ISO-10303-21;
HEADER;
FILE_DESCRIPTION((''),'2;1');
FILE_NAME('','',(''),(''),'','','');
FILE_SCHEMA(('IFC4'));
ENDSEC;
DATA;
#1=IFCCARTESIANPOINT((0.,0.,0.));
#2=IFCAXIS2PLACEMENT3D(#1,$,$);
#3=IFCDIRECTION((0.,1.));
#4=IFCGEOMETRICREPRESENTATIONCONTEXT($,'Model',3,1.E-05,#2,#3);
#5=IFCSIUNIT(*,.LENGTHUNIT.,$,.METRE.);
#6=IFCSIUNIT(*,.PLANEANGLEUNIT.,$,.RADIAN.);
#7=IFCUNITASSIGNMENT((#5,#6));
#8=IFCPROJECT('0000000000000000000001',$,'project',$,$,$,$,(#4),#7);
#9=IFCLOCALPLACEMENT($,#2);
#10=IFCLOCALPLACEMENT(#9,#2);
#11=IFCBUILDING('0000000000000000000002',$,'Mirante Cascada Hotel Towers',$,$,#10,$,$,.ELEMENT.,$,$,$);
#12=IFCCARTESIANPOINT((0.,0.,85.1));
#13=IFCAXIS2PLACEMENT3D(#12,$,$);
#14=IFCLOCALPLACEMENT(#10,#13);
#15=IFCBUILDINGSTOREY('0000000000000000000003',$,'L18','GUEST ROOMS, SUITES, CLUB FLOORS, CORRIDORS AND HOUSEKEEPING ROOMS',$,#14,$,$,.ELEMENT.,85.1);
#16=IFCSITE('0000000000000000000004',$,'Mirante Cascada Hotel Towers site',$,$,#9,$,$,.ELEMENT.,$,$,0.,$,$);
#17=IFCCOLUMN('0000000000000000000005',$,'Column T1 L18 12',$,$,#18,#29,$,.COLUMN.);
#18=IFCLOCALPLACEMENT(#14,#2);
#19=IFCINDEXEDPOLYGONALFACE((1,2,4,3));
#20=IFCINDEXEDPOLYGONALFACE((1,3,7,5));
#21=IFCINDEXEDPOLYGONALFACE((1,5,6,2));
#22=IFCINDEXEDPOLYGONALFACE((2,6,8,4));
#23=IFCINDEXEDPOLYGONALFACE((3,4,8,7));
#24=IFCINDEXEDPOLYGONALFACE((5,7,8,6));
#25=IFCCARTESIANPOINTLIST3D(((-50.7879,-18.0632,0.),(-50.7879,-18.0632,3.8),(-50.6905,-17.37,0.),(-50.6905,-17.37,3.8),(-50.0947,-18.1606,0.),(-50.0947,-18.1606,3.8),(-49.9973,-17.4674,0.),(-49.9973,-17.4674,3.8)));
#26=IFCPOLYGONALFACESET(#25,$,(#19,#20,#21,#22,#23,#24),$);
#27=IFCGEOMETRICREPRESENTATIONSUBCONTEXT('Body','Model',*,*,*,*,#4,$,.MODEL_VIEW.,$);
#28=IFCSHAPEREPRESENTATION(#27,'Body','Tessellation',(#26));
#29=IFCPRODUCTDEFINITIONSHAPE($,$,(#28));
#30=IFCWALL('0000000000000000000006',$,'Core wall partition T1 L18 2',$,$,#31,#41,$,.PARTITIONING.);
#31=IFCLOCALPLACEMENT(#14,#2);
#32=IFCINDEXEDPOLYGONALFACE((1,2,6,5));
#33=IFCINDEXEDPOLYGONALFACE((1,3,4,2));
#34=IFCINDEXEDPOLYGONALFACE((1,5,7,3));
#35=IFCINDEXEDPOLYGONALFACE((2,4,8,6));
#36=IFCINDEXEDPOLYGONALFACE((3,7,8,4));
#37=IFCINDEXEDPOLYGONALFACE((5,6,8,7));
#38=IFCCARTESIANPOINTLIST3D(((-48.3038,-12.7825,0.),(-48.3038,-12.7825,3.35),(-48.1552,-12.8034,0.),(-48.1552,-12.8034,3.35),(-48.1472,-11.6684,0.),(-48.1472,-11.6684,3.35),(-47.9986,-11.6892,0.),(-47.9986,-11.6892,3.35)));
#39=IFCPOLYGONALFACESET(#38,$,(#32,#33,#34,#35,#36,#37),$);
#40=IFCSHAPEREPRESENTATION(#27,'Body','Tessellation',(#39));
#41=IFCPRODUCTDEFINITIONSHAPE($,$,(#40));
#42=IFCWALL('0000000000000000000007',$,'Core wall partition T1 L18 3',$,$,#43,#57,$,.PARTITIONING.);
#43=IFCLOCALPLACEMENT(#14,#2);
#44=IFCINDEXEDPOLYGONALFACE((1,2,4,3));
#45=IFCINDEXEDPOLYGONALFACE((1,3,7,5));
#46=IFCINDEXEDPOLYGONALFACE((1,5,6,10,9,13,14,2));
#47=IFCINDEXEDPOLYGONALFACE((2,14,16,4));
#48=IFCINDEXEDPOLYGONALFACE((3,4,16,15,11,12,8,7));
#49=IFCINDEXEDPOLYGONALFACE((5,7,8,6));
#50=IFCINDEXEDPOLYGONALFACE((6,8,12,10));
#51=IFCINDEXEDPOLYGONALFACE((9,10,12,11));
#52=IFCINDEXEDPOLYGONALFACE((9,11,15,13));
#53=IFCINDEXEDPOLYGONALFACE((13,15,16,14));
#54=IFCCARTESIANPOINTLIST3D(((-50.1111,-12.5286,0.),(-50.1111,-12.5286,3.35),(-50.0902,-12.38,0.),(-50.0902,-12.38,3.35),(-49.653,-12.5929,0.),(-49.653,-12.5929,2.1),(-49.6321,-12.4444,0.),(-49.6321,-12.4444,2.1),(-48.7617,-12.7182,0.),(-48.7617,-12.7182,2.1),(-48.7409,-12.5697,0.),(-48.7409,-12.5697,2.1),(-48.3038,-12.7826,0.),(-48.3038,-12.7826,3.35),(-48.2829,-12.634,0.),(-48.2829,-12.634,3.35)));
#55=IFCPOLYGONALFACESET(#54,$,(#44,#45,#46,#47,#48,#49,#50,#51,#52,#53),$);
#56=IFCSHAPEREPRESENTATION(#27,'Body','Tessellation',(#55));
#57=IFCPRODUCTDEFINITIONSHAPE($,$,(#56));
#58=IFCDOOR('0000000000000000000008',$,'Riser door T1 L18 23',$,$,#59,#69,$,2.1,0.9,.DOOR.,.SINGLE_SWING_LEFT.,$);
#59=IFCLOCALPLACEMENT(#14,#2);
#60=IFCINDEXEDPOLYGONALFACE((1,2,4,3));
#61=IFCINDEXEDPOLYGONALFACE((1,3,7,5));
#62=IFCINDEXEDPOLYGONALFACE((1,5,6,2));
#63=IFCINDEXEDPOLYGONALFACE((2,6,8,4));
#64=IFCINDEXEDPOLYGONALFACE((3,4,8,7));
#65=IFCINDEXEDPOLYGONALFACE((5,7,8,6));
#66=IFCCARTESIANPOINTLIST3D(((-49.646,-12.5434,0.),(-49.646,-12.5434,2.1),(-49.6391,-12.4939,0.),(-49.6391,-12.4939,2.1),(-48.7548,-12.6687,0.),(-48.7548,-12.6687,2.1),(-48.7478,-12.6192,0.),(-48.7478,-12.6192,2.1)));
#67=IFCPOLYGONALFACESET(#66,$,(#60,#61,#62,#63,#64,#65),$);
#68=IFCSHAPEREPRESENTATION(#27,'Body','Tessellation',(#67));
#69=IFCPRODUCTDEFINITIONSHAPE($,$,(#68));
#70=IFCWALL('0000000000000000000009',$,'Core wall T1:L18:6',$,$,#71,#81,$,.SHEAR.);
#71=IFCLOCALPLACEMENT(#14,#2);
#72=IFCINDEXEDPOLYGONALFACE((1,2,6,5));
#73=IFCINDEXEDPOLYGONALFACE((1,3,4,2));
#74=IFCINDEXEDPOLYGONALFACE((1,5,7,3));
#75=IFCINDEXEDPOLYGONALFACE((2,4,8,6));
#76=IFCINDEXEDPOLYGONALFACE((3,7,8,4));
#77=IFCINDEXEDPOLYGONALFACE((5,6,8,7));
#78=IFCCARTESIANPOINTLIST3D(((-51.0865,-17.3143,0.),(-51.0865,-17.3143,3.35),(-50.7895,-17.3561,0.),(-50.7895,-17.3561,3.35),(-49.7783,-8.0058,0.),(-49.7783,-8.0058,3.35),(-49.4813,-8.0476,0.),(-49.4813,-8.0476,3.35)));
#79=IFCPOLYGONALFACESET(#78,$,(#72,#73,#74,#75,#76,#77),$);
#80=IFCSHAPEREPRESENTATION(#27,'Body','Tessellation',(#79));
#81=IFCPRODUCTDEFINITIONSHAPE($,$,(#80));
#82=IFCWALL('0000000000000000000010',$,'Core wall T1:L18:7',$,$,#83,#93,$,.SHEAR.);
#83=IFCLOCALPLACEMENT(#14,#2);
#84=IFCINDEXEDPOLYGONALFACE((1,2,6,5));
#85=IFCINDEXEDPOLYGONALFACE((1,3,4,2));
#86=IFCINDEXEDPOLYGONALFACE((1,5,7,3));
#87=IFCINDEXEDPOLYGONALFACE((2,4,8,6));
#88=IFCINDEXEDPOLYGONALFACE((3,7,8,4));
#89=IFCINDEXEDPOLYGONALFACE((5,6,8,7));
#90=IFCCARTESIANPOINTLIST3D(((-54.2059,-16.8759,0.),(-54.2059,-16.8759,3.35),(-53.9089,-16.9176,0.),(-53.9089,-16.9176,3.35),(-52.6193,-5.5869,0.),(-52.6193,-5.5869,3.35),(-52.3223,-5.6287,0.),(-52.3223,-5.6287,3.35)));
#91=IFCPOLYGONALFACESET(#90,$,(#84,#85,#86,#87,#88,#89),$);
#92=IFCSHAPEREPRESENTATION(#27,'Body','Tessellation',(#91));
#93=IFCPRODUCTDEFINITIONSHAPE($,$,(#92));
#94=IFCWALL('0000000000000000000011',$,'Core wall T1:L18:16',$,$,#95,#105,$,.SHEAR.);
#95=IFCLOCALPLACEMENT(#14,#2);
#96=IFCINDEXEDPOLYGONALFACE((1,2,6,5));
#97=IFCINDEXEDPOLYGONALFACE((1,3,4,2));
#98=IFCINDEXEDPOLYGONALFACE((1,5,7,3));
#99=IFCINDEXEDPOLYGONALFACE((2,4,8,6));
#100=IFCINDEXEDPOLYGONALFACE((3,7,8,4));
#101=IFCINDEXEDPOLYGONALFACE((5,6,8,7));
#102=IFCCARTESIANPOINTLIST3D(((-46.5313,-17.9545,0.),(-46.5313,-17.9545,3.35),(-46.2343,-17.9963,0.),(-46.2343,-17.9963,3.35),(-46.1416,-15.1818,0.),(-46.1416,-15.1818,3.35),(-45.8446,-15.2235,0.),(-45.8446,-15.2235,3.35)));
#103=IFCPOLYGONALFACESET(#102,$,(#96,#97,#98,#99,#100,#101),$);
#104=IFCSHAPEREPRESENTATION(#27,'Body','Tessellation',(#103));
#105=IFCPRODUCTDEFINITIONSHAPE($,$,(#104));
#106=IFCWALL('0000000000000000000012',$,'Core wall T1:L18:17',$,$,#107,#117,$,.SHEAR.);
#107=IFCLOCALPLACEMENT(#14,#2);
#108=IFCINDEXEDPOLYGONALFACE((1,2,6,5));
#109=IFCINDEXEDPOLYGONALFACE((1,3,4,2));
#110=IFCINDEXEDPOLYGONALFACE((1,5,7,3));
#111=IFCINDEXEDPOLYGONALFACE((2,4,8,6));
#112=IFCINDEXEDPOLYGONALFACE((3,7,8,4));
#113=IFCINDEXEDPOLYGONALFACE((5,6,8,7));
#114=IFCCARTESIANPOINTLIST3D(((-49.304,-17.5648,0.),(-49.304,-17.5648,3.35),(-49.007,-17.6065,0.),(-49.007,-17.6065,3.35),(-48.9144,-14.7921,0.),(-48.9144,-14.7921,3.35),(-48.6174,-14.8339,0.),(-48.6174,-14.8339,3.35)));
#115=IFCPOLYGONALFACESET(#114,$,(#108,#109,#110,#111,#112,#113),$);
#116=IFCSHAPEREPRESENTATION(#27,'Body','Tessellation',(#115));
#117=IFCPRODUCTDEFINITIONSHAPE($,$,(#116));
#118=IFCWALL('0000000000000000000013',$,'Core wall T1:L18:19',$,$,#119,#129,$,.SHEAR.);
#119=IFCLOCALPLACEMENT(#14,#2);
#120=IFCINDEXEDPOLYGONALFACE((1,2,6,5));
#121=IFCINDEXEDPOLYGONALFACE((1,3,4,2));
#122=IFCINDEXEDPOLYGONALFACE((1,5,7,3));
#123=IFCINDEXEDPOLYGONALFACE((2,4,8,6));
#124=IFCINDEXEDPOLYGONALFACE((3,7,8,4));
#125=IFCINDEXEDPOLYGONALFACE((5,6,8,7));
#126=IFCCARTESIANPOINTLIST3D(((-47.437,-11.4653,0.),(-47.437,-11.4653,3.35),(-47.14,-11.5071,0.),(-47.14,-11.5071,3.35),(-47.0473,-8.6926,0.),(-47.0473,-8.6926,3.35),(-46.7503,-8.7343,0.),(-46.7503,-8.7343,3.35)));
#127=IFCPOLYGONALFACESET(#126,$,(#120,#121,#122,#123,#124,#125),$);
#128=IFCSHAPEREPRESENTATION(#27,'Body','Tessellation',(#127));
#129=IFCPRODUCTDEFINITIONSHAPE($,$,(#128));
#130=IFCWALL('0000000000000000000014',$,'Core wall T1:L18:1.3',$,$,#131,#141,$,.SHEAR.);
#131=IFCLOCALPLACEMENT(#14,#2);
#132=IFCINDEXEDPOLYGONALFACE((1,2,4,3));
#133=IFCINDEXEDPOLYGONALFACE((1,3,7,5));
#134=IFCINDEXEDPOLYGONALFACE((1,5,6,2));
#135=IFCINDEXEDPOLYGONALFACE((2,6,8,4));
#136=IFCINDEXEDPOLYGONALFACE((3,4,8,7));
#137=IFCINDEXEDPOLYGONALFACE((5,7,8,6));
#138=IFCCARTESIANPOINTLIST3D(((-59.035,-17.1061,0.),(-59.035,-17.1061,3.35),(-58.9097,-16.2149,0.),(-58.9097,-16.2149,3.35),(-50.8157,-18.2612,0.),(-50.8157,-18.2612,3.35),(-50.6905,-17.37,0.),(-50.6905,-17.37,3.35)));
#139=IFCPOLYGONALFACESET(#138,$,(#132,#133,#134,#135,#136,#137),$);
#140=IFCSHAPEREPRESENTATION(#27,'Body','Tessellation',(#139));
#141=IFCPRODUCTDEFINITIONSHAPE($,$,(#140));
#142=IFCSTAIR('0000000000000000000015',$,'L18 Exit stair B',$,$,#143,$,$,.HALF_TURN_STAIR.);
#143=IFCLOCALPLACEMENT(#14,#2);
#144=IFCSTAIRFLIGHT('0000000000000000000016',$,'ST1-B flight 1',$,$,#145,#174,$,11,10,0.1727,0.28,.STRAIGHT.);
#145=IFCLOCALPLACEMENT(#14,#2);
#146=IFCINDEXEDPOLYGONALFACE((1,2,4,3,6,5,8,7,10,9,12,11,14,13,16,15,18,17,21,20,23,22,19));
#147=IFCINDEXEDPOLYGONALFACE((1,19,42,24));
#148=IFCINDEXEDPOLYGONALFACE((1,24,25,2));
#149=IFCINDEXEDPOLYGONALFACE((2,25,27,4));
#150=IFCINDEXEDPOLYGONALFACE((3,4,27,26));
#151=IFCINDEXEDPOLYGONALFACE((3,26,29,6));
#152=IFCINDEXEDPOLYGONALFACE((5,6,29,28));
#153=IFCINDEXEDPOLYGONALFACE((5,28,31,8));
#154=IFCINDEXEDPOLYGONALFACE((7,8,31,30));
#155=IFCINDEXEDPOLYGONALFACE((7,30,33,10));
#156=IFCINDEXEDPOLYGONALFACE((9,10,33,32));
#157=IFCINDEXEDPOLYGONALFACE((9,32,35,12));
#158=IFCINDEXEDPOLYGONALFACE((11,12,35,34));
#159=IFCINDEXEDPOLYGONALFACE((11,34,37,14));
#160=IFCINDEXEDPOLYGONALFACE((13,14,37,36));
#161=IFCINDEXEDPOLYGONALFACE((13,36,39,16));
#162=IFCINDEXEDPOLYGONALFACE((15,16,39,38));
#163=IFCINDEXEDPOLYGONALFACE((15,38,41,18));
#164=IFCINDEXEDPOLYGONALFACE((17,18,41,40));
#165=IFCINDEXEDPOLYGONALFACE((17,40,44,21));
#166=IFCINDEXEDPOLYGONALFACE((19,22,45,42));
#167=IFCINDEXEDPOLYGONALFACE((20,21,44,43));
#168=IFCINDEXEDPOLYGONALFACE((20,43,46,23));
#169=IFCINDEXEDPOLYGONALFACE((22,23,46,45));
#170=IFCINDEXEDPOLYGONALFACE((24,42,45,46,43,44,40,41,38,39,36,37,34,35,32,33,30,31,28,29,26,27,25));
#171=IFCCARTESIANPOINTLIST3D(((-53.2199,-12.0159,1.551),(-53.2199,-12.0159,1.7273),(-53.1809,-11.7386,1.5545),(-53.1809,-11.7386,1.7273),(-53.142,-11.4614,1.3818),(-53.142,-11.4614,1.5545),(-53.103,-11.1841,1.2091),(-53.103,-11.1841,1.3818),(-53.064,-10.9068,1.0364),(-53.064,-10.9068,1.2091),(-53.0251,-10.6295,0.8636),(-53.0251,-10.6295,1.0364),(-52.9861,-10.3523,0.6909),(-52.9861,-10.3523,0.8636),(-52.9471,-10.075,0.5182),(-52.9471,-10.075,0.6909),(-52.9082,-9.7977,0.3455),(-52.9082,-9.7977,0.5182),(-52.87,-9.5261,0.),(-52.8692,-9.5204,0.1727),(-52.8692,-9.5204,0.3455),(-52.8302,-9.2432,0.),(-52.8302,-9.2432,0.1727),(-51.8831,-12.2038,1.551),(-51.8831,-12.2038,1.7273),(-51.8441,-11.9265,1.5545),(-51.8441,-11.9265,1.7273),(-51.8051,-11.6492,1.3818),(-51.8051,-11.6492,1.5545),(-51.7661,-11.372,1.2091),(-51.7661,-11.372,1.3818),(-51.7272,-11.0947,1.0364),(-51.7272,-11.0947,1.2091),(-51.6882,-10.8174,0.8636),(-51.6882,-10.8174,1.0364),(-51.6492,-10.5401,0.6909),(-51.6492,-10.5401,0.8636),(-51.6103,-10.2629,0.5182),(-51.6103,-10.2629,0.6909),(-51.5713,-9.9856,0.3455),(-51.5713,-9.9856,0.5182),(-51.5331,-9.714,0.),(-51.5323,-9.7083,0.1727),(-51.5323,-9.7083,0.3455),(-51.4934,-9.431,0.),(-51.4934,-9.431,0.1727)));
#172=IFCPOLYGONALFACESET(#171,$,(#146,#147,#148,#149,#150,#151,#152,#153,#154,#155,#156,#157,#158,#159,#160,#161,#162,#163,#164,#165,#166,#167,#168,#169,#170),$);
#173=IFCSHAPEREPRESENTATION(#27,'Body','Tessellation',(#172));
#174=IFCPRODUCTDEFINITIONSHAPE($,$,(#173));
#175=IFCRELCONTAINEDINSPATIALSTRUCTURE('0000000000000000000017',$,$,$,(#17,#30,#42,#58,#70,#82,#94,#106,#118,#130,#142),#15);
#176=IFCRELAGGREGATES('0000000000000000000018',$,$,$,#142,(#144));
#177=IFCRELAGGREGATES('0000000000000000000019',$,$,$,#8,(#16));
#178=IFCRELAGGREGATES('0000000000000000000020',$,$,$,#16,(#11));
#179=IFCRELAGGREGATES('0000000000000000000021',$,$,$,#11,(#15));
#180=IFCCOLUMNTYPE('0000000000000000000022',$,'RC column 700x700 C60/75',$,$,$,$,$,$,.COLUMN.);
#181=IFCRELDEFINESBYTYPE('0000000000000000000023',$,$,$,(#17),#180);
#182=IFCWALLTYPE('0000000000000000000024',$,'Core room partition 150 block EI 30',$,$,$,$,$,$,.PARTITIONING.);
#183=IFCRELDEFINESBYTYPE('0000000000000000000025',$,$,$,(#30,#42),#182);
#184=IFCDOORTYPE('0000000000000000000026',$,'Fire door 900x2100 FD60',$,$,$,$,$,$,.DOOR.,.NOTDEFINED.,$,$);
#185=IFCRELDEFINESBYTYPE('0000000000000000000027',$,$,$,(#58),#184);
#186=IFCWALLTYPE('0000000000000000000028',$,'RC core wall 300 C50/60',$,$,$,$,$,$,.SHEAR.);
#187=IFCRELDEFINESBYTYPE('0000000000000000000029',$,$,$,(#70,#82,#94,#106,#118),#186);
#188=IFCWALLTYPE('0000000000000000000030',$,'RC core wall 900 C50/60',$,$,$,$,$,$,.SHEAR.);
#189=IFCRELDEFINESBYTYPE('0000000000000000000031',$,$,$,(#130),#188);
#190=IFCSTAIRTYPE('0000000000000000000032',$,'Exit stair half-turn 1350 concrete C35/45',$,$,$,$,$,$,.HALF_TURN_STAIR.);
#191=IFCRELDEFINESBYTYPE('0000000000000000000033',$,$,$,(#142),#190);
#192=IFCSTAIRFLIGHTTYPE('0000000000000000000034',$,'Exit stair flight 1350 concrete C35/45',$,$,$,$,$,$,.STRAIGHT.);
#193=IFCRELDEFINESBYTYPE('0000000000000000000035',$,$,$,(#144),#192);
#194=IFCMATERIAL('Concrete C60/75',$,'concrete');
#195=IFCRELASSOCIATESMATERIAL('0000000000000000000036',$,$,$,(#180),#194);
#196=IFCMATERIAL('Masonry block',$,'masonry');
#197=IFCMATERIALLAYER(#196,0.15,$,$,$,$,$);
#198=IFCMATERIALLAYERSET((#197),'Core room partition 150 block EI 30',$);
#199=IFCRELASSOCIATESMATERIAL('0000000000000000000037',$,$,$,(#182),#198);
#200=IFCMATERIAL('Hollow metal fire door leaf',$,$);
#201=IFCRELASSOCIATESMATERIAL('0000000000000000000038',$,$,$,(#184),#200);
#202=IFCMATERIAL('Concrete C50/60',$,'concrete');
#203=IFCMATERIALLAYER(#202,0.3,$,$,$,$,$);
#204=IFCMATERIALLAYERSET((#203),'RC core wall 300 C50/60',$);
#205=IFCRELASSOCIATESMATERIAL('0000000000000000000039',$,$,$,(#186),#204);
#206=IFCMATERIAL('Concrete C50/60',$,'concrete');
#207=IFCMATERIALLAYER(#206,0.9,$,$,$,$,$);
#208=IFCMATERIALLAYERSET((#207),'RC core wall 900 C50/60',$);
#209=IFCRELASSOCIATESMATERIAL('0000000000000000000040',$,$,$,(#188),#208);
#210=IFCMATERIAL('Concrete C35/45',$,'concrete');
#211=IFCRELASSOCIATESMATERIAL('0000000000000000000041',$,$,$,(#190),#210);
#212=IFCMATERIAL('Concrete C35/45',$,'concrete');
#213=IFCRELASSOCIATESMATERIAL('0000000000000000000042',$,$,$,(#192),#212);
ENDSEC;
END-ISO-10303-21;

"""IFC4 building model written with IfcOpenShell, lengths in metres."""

from ifc_helpers import new_model, si_unit, direction, frame, frame_2d, origin, origin_2d, place, context, subcontext, project, spatial, polyline, rectangle, outline, extrude, material, layer, layer_set, material_profile, profile_set, type_object, element, fill, aggregate, save


model = new_model("IFC4")

# Units and contexts
model_context = context("Model", 3, precision=1e-05, world=origin(), true_north=direction((0.0, 1.0)))
body_context = subcontext(model_context, "Body", "Model", "MODEL_VIEW")
ifc_project = project(units=[si_unit("LENGTHUNIT", "METRE"), si_unit("PLANEANGLEUNIT", "RADIAN")], contexts=[model_context])

# Site, building, storey
site_placement = place(None, origin())
site = spatial("IfcSite", under=ifc_project, at=site_placement, Name="Mirante Cascada Hotel Towers site", CompositionType="ELEMENT", RefElevation=0.0)
building_placement = place(site_placement, origin())
building = spatial("IfcBuilding", under=site, at=building_placement, Name="Mirante Cascada Hotel Towers", CompositionType="ELEMENT")
storey_placement = place(building_placement, frame((0.0, 0.0, 85.1)))
storey = spatial("IfcBuildingStorey", under=building, at=storey_placement, Name="L18", Description="GUEST ROOMS, SUITES, CLUB FLOORS, CORRIDORS AND HOUSEKEEPING ROOMS", CompositionType="ELEMENT", Elevation=85.1)

# Column
ifc_material_1 = material(Name="Concrete C60/75", Category="concrete")
ifc_material_profile = material_profile(ifc_material_1, rectangle(XDim=0.7, YDim=0.7, at=origin_2d()), Name="RC column 700x700 C60/75")
ifc_profile_set = profile_set([ifc_material_profile], Name="Concrete C60/75")
column_type = type_object("IfcColumnType", Name="RC column 700x700 C60/75", PredefinedType="COLUMN", material=ifc_profile_set)
column_placement = place(storey_placement, frame((-50.3926, -17.7653, 0.0), z_axis=(0.0, 0.0, 1.0), x_axis=(-0.990268, 0.139173, 0.0)))
element("IfcColumn", 1, at=column_placement, inside=storey, type_object=column_type, Name="Column T1 L18 12", PredefinedType="COLUMN", context=body_context, shape_type="SweptSolid", body=[
    extrude(rectangle(XDim=0.7, YDim=0.7, at=origin_2d()), origin(), (0.0, 0.0, 1.0), 3.8),
])

# Wall
ifc_material_2 = material(Name="Masonry block", Category="masonry")
ifc_layer_1 = layer(ifc_material_2, 0.15)
ifc_layer_set_1 = layer_set([ifc_layer_1], Name="Core room partition 150 block EI 30")
wall_type_1 = type_object("IfcWallType", Name="Core room partition 150 block EI 30", PredefinedType="PARTITIONING", material=ifc_layer_set_1)
wall_1_placement = place(storey_placement, frame((-48.2295, -12.793, 0.0), z_axis=(0.0, 0.0, 1.0), x_axis=(0.139193, 0.990265, 0.0)))
element("IfcWall", 2, at=wall_1_placement, inside=storey, type_object=wall_type_1, Name="Core wall partition T1 L18 2", PredefinedType="PARTITIONING", context=body_context, shape_type="SweptSolid", body=[
    extrude(rectangle(XDim=1.1251, YDim=0.15, at=frame_2d((0.5626, 0.0))), origin(), (0.0, 0.0, 1.0), 3.35),
])

# Wall, opening, door
wall_2_placement = place(storey_placement, frame((-48.2933, -12.7083, 0.0), z_axis=(0.0, 0.0, 1.0), x_axis=(-0.990268, 0.139173, 0.0)))
wall_2 = element("IfcWall", 3, at=wall_2_placement, inside=storey, type_object=wall_type_1, Name="Core wall partition T1 L18 3", PredefinedType="PARTITIONING", context=body_context, shape_type="SweptSolid", body=[
    extrude(rectangle(XDim=1.8251, YDim=0.15, at=frame_2d((0.9126, 0.0))), origin(), (0.0, 0.0, 1.0), 3.35),
])
opening_1_placement = place(wall_2_placement, frame((0.4625, 0.0, 0.0)))
opening_1 = element("IfcOpeningElement", 4, at=opening_1_placement, cuts=wall_2, PredefinedType="OPENING", context=body_context, shape_type="SweptSolid", body=[
    extrude(rectangle(XDim=0.9, YDim=2.1, at=frame_2d((0.45, 1.05))), frame((0.0, 0.075, 0.0), z_axis=(0.0, -1.0, 0.0), x_axis=(1.0, 0.0, 0.0)), (0.0, 0.0, 1.0), 0.15),
])
ifc_material_3 = material(Name="Hollow metal fire door leaf")
door_type_1 = type_object("IfcDoorType", Name="Fire door 900x2100 FD60", OperationType="NOTDEFINED", PredefinedType="DOOR", material=ifc_material_3)
door_1_placement = place(opening_1_placement, origin())
door_1 = element("IfcDoor", 5, at=door_1_placement, inside=storey, type_object=door_type_1, Name="Riser door T1 L18 23", OperationType="SINGLE_SWING_LEFT", OverallHeight=2.1, OverallWidth=0.9, PredefinedType="DOOR", context=body_context, shape_type="SweptSolid", body=[
    extrude(rectangle(XDim=0.9, YDim=2.1, at=frame_2d((0.45, 1.05))), frame((0.0, 0.025, 0.0), z_axis=(0.0, -1.0, 0.0), x_axis=(1.0, 0.0, 0.0)), (0.0, 0.0, 1.0), 0.05),
])
fill(opening_1, door_1)

# Walls
ifc_material_4 = material(Name="Concrete C50/60", Category="concrete")
ifc_layer_2 = layer(ifc_material_4, 0.3)
ifc_layer_set_2 = layer_set([ifc_layer_2], Name="RC core wall 300 C50/60")
wall_type_2 = type_object("IfcWallType", Name="RC core wall 300 C50/60", PredefinedType="SHEAR", material=ifc_layer_set_2)
wall_3_placement = place(storey_placement, frame((-50.938, -17.3352, 0.0), z_axis=(0.0, 0.0, 1.0), x_axis=(0.139171, 0.990268, 0.0)))
element("IfcWall", 6, at=wall_3_placement, inside=storey, type_object=wall_type_2, Name="Core wall T1:L18:6", PredefinedType="SHEAR", context=body_context, shape_type="SweptSolid", body=[
    extrude(rectangle(XDim=9.4, YDim=0.3, at=frame_2d((4.7, 0.0))), origin(), (0.0, 0.0, 1.0), 3.35),
])
wall_4_placement = place(storey_placement, frame((-54.0574, -16.8968, 0.0), z_axis=(0.0, 0.0, 1.0), x_axis=(0.139176, 0.990268, 0.0)))
element("IfcWall", 7, at=wall_4_placement, inside=storey, type_object=wall_type_2, Name="Core wall T1:L18:7", PredefinedType="SHEAR", context=body_context, shape_type="SweptSolid", body=[
    extrude(rectangle(XDim=11.3999, YDim=0.3, at=frame_2d((5.7, 0.0))), origin(), (0.0, 0.0, 1.0), 3.35),
])
wall_5_placement = place(storey_placement, frame((-46.3828, -17.9754, 0.0), z_axis=(0.0, 0.0, 1.0), x_axis=(0.139181, 0.990267, 0.0)))
element("IfcWall", 8, at=wall_5_placement, inside=storey, type_object=wall_type_2, Name="Core wall T1:L18:16", PredefinedType="SHEAR", context=body_context, shape_type="SweptSolid", body=[
    extrude(rectangle(XDim=2.8, YDim=0.3, at=frame_2d((1.4, 0.0))), origin(), (0.0, 0.0, 1.0), 3.35),
])
wall_6_placement = place(storey_placement, frame((-49.1555, -17.5857, 0.0), z_axis=(0.0, 0.0, 1.0), x_axis=(0.139146, 0.990272, 0.0)))
element("IfcWall", 9, at=wall_6_placement, inside=storey, type_object=wall_type_2, Name="Core wall T1:L18:17", PredefinedType="SHEAR", context=body_context, shape_type="SweptSolid", body=[
    extrude(rectangle(XDim=2.7999, YDim=0.3, at=frame_2d((1.4, 0.0))), origin(), (0.0, 0.0, 1.0), 3.35),
])
wall_7_placement = place(storey_placement, frame((-47.2885, -11.4862, 0.0), z_axis=(0.0, 0.0, 1.0), x_axis=(0.139181, 0.990267, 0.0)))
element("IfcWall", 10, at=wall_7_placement, inside=storey, type_object=wall_type_2, Name="Core wall T1:L18:19", PredefinedType="SHEAR", context=body_context, shape_type="SweptSolid", body=[
    extrude(rectangle(XDim=2.8, YDim=0.3, at=frame_2d((1.4, 0.0))), origin(), (0.0, 0.0, 1.0), 3.35),
])

# Wall
ifc_material_5 = material(Name="Concrete C50/60", Category="concrete")
ifc_layer_3 = layer(ifc_material_5, 0.9)
ifc_layer_set_3 = layer_set([ifc_layer_3], Name="RC core wall 900 C50/60")
wall_type_3 = type_object("IfcWallType", Name="RC core wall 900 C50/60", PredefinedType="SHEAR", material=ifc_layer_set_3)
wall_8_placement = place(storey_placement, frame((-50.7531, -17.8156, 0.0), z_axis=(0.0, 0.0, 1.0), x_axis=(-0.990269, 0.139169, 0.0)))
element("IfcWall", 11, at=wall_8_placement, inside=storey, type_object=wall_type_3, Name="Core wall T1:L18:1.3", PredefinedType="SHEAR", context=body_context, shape_type="SweptSolid", body=[
    extrude(rectangle(XDim=8.3, YDim=0.9, at=frame_2d((4.15, 0.0))), origin(), (0.0, 0.0, 1.0), 3.35),
])

# Stair, stair flight
ifc_material_6 = material(Name="Concrete C35/45", Category="concrete")
stair_type = type_object("IfcStairType", Name="Exit stair half-turn 1350 concrete C35/45", PredefinedType="HALF_TURN_STAIR", material=ifc_material_6)
stair_placement = place(storey_placement, origin())
stair = element("IfcStair", 12, at=stair_placement, inside=storey, type_object=stair_type, Name="L18 Exit stair B", PredefinedType="HALF_TURN_STAIR")
ifc_material_7 = material(Name="Concrete C35/45", Category="concrete")
stair_flight_type = type_object("IfcStairFlightType", Name="Exit stair flight 1350 concrete C35/45", PredefinedType="STRAIGHT", material=ifc_material_7)
stair_flight_1_placement = place(storey_placement, frame((-52.1618, -9.3371, 0.0), z_axis=(0.0, 0.0, 1.0), x_axis=(-0.139173, -0.990268, 0.0)))
stair_flight_1 = element("IfcStairFlight", 13, at=stair_flight_1_placement, type_object=stair_flight_type, Name="ST1-B flight 1", NumberOfRisers=11, NumberOfTreads=10, PredefinedType="STRAIGHT", RiserHeight=0.1727, TreadLength=0.28, context=body_context, shape_type="SweptSolid", body=[
    extrude(outline(polyline([(0.0, 0.0), (0.0, 0.1727), (0.28, 0.1727), (0.28, 0.3455), (0.56, 0.3455), (0.56, 0.5182), (0.84, 0.5182), (0.84, 0.6909), (1.12, 0.6909), (1.12, 0.8636), (1.4, 0.8636), (1.4, 1.0364), (1.68, 1.0364), (1.68, 1.2091), (1.96, 1.2091), (1.96, 1.3818), (2.24, 1.3818), (2.24, 1.5545), (2.52, 1.5545), (2.52, 1.7273), (2.8, 1.7273), (2.8, 1.9), (2.8, 1.551), (0.2857, 0.0), (0.0, 0.0)])), frame((0.0, 0.675, 0.0), z_axis=(0.0, -1.0, 0.0), x_axis=(1.0, 0.0, 0.0)), (0.0, 0.0, 1.0), 1.35),
])
aggregate(stair, [stair_flight_1])

save(model, "model.ifc")
